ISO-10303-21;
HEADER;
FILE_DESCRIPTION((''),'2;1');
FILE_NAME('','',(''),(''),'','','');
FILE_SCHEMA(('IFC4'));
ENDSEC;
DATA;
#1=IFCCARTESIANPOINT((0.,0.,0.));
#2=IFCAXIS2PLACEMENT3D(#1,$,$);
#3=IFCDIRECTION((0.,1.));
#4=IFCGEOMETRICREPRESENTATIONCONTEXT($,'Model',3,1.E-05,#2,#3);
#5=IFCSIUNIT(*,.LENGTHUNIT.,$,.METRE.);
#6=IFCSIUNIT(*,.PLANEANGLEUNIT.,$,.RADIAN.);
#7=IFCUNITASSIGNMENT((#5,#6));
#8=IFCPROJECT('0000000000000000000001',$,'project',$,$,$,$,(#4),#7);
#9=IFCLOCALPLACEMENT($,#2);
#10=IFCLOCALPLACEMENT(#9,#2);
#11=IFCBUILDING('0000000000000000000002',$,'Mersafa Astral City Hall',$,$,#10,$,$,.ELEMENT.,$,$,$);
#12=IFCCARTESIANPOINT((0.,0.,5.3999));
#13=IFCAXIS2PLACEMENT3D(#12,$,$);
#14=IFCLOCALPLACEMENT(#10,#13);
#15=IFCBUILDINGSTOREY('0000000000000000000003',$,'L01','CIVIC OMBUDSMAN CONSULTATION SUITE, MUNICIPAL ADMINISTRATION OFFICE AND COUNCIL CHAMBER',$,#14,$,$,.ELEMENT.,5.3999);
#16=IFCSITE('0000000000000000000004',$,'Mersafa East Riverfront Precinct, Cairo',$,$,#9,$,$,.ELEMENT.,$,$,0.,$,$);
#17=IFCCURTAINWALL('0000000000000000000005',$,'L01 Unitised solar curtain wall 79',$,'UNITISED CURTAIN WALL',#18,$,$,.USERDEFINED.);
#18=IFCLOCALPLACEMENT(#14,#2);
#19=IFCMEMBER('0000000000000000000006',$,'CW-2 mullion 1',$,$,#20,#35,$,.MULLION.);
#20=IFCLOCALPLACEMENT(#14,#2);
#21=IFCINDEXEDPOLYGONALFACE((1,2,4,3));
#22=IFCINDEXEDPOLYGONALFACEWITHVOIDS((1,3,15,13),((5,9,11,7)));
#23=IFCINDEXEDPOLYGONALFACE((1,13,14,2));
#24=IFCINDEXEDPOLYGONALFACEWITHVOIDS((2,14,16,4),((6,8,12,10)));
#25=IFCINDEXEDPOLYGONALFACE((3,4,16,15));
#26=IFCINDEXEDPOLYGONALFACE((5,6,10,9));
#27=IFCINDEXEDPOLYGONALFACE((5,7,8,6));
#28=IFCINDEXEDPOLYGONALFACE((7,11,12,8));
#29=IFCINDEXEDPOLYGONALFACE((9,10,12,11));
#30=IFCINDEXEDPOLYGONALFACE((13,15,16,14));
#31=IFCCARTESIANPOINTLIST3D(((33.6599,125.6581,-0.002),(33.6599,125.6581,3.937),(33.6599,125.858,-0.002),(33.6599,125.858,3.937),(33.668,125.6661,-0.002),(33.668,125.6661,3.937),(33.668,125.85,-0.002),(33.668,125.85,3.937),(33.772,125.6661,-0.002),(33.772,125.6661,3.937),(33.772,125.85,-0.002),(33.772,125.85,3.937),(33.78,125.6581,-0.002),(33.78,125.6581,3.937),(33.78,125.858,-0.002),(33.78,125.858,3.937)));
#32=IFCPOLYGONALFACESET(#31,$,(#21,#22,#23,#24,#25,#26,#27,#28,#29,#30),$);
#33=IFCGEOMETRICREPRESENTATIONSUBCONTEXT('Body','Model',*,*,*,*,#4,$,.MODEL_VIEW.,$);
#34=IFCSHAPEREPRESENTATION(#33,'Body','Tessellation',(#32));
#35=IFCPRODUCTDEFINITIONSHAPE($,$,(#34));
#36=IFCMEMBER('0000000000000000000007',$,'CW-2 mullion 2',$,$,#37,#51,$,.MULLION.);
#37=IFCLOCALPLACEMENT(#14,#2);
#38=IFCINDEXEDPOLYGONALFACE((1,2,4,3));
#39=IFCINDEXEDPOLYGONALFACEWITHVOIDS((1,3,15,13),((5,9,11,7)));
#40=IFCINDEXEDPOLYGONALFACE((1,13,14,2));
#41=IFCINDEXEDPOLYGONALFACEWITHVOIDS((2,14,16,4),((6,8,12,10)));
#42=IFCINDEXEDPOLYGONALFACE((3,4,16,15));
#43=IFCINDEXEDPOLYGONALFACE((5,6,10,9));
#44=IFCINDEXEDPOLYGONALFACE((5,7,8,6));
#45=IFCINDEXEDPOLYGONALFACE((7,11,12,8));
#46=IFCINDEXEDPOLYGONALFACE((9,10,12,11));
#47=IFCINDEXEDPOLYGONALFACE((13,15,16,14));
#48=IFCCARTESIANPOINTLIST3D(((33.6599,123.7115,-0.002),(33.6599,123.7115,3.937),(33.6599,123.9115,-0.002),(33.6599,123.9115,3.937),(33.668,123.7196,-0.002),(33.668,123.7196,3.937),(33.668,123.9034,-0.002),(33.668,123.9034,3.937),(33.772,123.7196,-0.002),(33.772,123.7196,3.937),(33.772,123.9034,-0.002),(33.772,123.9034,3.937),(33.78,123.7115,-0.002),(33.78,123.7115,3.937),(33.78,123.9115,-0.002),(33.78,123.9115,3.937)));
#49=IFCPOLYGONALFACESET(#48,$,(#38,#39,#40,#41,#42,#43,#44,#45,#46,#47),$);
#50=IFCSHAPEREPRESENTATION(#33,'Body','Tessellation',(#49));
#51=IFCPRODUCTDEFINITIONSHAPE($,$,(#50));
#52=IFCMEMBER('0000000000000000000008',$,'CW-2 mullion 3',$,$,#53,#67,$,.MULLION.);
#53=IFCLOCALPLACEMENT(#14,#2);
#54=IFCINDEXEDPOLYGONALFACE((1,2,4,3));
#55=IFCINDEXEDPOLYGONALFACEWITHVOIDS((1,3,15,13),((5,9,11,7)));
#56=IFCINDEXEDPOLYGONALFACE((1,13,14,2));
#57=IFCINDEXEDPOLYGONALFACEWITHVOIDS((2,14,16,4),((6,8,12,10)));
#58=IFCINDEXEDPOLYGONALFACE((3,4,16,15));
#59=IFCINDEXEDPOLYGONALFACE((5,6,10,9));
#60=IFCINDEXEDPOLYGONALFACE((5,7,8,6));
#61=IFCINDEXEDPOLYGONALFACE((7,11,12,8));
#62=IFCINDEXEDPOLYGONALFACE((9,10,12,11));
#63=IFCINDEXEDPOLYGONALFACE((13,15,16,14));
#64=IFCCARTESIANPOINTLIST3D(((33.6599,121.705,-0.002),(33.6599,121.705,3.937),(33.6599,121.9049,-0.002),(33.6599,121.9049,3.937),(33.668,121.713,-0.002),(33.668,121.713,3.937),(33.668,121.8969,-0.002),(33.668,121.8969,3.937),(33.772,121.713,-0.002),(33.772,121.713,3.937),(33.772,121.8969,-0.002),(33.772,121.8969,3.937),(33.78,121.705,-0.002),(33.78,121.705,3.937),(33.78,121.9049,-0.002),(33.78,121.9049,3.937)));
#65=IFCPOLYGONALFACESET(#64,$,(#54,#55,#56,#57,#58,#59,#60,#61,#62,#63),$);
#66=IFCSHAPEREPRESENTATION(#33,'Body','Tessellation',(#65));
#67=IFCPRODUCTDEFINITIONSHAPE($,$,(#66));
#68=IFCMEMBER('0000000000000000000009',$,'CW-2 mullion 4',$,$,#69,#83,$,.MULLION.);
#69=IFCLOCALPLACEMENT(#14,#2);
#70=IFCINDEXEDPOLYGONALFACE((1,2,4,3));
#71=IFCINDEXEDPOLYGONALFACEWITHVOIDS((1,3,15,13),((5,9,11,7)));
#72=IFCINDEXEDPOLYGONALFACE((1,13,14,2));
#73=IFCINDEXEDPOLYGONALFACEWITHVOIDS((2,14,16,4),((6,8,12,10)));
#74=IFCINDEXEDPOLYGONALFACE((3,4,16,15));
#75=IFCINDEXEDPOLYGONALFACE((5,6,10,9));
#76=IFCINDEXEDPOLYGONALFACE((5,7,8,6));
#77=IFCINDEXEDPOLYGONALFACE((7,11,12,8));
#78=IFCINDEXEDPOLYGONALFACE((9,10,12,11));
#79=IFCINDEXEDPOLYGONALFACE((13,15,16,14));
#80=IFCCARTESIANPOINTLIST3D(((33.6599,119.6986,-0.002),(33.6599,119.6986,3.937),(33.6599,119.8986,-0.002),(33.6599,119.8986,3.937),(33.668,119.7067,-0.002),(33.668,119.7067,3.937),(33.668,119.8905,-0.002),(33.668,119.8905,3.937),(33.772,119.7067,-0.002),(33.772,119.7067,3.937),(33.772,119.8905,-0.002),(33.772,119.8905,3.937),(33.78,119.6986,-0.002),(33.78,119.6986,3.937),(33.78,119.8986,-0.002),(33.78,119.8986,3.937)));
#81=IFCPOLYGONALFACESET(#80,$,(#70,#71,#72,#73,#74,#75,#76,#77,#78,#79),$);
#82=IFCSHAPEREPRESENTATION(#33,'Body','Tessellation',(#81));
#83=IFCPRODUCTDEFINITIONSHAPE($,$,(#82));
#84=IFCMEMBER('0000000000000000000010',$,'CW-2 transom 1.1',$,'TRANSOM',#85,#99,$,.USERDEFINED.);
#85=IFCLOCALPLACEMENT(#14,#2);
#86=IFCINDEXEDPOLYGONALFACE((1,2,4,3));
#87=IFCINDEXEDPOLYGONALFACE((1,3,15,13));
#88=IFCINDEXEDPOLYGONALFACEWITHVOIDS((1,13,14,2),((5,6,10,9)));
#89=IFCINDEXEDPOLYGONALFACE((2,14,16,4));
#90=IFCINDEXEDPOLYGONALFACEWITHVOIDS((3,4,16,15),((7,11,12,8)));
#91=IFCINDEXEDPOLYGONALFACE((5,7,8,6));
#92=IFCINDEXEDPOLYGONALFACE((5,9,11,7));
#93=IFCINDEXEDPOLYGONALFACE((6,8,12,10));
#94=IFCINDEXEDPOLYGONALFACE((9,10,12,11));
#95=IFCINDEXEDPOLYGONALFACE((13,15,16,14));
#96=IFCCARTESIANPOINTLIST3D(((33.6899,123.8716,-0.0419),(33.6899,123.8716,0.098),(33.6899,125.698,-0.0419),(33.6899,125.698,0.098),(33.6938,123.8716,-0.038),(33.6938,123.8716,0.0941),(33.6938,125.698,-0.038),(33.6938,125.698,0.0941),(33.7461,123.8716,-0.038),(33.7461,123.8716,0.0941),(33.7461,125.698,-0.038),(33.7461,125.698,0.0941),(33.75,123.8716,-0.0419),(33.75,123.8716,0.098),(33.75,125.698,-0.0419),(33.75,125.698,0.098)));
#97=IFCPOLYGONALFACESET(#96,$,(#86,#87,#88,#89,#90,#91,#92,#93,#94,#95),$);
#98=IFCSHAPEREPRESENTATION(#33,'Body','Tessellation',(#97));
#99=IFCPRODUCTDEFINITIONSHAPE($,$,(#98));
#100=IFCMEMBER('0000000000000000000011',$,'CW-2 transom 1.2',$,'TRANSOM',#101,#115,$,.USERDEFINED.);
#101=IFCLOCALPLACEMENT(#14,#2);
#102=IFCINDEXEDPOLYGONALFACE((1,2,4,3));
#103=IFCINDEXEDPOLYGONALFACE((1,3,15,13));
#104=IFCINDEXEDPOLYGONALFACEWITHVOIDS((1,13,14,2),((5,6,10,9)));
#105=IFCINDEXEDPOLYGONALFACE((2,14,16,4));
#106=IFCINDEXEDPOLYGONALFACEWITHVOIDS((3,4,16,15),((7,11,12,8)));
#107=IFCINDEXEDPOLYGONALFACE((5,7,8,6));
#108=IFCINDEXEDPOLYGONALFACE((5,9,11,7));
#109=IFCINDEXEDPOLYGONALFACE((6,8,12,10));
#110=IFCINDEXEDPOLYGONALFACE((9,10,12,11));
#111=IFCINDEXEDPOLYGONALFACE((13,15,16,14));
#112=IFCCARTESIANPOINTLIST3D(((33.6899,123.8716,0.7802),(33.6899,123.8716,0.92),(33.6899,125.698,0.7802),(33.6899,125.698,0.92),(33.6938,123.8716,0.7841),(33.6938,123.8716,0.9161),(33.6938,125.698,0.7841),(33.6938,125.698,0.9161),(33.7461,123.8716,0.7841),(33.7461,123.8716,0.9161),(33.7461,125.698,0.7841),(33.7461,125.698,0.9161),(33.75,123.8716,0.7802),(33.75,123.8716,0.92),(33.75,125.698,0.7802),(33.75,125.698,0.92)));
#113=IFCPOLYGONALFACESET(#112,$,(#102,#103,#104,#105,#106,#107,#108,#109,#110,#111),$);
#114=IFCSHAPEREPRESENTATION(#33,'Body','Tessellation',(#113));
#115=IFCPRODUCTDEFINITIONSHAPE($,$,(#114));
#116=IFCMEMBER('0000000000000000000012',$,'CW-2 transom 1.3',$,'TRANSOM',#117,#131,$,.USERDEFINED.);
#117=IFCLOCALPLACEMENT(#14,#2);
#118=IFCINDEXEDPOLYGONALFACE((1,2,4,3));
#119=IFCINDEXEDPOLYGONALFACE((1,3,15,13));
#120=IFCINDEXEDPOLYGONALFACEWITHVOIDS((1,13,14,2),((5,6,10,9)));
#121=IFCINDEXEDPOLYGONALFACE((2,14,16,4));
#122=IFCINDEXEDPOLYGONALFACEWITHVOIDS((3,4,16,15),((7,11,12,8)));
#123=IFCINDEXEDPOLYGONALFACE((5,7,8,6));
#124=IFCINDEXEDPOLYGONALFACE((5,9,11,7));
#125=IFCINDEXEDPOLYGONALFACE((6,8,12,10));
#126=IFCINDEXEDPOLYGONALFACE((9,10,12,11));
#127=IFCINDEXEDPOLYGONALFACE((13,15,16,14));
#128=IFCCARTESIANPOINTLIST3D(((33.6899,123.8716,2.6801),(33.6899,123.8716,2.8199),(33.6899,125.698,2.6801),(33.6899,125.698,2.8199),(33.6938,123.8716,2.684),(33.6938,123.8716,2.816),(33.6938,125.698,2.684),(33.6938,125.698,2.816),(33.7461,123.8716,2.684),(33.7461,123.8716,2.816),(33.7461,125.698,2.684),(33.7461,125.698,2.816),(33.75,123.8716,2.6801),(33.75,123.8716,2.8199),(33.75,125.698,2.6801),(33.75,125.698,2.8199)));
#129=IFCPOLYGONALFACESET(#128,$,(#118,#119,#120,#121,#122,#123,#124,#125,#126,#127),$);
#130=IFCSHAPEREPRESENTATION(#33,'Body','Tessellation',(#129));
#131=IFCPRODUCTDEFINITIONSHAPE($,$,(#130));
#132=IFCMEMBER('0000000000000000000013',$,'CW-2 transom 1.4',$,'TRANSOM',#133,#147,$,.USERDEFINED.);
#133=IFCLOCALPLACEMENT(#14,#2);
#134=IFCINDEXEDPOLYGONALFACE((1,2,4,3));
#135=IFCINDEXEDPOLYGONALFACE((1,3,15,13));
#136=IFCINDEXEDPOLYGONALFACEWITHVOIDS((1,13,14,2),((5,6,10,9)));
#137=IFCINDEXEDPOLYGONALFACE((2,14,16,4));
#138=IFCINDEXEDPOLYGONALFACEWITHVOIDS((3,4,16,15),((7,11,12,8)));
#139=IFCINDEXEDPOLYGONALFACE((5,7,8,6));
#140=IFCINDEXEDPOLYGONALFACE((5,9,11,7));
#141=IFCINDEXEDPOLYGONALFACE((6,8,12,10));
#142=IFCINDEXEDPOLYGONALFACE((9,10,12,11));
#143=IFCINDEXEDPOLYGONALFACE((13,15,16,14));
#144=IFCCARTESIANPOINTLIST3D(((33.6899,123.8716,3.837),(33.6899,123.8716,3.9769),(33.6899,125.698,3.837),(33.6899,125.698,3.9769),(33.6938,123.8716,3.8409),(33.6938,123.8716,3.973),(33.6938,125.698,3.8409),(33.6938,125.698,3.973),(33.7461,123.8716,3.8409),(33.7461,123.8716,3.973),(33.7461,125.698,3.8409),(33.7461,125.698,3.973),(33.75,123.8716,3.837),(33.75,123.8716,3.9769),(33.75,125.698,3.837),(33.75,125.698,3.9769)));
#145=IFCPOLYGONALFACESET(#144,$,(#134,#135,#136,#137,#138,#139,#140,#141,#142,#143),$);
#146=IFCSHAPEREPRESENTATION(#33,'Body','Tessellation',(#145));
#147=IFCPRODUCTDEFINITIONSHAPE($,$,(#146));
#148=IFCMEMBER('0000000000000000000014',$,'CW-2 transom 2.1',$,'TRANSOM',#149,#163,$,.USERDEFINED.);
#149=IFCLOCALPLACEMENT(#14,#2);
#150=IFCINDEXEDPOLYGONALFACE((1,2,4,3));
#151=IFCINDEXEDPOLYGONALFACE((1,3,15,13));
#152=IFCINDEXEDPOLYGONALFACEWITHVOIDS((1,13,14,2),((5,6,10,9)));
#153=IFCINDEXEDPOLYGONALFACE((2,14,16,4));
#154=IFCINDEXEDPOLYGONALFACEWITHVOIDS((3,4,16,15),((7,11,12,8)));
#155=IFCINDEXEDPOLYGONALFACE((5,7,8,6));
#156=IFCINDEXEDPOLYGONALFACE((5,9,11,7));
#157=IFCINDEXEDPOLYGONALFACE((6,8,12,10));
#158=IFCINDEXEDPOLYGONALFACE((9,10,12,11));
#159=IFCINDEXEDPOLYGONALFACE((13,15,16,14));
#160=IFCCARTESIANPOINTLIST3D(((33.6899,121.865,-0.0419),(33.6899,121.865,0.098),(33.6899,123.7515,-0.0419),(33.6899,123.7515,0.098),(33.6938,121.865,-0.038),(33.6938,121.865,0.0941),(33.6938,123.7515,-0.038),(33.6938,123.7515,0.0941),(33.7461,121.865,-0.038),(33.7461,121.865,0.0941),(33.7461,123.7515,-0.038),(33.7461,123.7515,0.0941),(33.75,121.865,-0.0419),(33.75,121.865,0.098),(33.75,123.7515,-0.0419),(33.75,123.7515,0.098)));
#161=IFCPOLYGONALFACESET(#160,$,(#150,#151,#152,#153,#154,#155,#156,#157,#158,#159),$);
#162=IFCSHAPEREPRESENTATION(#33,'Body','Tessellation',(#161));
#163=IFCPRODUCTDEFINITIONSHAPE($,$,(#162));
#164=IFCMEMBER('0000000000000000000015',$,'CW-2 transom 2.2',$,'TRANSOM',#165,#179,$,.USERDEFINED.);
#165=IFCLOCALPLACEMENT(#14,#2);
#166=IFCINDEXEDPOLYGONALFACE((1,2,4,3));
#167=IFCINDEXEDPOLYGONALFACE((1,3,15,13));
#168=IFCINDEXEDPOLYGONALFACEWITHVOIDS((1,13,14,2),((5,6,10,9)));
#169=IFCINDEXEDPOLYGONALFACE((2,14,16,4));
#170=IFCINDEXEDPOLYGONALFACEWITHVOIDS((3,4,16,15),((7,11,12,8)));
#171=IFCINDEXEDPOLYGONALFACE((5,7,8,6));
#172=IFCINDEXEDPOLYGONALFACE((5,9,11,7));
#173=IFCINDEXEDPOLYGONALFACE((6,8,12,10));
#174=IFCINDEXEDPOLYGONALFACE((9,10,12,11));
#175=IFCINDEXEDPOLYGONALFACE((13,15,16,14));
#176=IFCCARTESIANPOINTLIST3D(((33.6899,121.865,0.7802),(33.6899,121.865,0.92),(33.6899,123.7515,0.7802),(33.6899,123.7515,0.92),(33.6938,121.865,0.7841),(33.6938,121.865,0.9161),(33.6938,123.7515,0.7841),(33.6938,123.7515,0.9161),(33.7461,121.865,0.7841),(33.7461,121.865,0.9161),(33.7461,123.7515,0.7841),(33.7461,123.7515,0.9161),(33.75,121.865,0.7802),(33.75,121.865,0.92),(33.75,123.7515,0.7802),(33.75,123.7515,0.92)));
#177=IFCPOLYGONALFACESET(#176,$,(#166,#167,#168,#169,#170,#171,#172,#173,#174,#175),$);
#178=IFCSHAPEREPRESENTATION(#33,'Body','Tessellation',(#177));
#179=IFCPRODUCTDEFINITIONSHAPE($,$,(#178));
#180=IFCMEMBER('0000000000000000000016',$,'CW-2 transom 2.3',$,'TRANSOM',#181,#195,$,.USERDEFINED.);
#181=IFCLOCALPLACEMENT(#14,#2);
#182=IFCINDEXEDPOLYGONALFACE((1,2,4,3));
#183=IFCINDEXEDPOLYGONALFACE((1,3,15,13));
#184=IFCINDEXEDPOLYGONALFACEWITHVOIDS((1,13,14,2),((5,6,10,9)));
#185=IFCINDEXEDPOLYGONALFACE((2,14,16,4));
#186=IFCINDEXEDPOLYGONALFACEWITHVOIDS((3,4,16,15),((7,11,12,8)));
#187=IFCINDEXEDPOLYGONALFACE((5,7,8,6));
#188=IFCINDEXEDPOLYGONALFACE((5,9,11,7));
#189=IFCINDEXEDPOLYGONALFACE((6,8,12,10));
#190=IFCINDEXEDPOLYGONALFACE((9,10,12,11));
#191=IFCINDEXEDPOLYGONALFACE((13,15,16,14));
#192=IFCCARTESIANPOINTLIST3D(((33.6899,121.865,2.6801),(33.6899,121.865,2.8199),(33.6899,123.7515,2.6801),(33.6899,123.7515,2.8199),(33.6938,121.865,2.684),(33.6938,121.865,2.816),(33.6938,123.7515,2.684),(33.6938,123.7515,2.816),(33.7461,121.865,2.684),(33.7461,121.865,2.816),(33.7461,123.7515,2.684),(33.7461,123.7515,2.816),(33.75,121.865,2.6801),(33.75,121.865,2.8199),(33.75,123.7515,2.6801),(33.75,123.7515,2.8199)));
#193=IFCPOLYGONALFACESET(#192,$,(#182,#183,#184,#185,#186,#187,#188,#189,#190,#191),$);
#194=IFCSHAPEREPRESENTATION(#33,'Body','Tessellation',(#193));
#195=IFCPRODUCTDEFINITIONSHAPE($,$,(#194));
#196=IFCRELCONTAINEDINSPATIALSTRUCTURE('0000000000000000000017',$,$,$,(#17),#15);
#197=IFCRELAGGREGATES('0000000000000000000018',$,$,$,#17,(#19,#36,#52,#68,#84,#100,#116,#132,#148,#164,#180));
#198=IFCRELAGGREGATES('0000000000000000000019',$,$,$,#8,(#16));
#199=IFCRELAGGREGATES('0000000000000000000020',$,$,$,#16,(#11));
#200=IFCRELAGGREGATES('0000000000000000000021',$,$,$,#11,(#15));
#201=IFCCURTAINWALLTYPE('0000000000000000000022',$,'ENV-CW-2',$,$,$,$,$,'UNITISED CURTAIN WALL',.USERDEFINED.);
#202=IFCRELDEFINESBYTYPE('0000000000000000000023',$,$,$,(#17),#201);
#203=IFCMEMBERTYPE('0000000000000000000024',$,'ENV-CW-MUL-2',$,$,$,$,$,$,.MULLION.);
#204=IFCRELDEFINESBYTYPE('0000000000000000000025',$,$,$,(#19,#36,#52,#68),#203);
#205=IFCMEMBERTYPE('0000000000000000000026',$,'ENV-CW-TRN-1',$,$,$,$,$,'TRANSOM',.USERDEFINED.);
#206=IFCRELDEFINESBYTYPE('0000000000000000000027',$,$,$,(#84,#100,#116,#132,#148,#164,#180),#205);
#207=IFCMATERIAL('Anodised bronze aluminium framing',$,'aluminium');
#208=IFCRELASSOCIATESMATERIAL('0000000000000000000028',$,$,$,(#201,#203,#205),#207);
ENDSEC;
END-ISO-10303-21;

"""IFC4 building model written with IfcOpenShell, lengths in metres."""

from ifc_helpers import new_model, si_unit, direction, frame, origin, origin_2d, place, context, subcontext, project, spatial, hollow_rectangle, extrude, material, material_profile, profile_set, type_object, element, aggregate, save


model = new_model("IFC4")

# Units and contexts
model_context = context("Model", 3, precision=1e-05, world=origin(), true_north=direction((0.0, 1.0)))
body_context = subcontext(model_context, "Body", "Model", "MODEL_VIEW")
ifc_project = project(units=[si_unit("LENGTHUNIT", "METRE"), si_unit("PLANEANGLEUNIT", "RADIAN")], contexts=[model_context])

# Site, building, storey
site_placement = place(None, origin())
site = spatial("IfcSite", under=ifc_project, at=site_placement, Name="Mersafa East Riverfront Precinct, Cairo", CompositionType="ELEMENT", RefElevation=0.0)
building_placement = place(site_placement, origin())
building = spatial("IfcBuilding", under=site, at=building_placement, Name="Mersafa Astral City Hall", CompositionType="ELEMENT")
storey_placement = place(building_placement, frame((0.0, 0.0, 5.3999)))
storey = spatial("IfcBuildingStorey", under=building, at=storey_placement, Name="L01", Description="CIVIC OMBUDSMAN CONSULTATION SUITE, MUNICIPAL ADMINISTRATION OFFICE AND COUNCIL CHAMBER", CompositionType="ELEMENT", Elevation=5.3999)

# Curtain wall, members
ifc_material_1 = material(Name="Anodised bronze aluminium framing", Category="aluminium")
curtain_wall_type = type_object("IfcCurtainWallType", Name="ENV-CW-2", ElementType="UNITISED CURTAIN WALL", PredefinedType="USERDEFINED", material=ifc_material_1)
curtain_wall_placement = place(storey_placement, origin())
curtain_wall = element("IfcCurtainWall", 1, at=curtain_wall_placement, inside=storey, type_object=curtain_wall_type, Name="L01 Unitised solar curtain wall 79", ObjectType="UNITISED CURTAIN WALL", PredefinedType="USERDEFINED")
ifc_material_profile_1 = material_profile(ifc_material_1, hollow_rectangle(XDim=0.1201, YDim=0.2, WallThickness=0.0081, at=origin_2d()), Name="RHS 120x200x8")
ifc_profile_set_1 = profile_set([ifc_material_profile_1], Name="Anodised bronze aluminium framing")
member_type_1 = type_object("IfcMemberType", Name="ENV-CW-MUL-2", PredefinedType="MULLION", material=ifc_profile_set_1)
member_1_placement = place(storey_placement, frame((33.72, 125.7581, -0.002), z_axis=(0.0, 0.0, 1.0), x_axis=(1.0, 0.0, 0.0)))
member_1 = element("IfcMember", 2, at=member_1_placement, type_object=member_type_1, Name="CW-2 mullion 1", PredefinedType="MULLION", context=body_context, shape_type="SweptSolid", body=[
    extrude(hollow_rectangle(XDim=0.1201, YDim=0.2, WallThickness=0.0081, at=origin_2d()), origin(), (0.0, 0.0, 1.0), 3.939),
])
member_2_placement = place(storey_placement, frame((33.72, 123.8115, -0.002), z_axis=(0.0, 0.0, 1.0), x_axis=(1.0, 0.0, 0.0)))
member_2 = element("IfcMember", 3, at=member_2_placement, type_object=member_type_1, Name="CW-2 mullion 2", PredefinedType="MULLION", context=body_context, shape_type="SweptSolid", body=[
    extrude(hollow_rectangle(XDim=0.1201, YDim=0.2, WallThickness=0.0081, at=origin_2d()), origin(), (0.0, 0.0, 1.0), 3.939),
])
member_3_placement = place(storey_placement, frame((33.72, 121.8049, -0.002), z_axis=(0.0, 0.0, 1.0), x_axis=(1.0, 0.0, 0.0)))
member_3 = element("IfcMember", 4, at=member_3_placement, type_object=member_type_1, Name="CW-2 mullion 3", PredefinedType="MULLION", context=body_context, shape_type="SweptSolid", body=[
    extrude(hollow_rectangle(XDim=0.1201, YDim=0.2, WallThickness=0.0081, at=origin_2d()), origin(), (0.0, 0.0, 1.0), 3.939),
])
member_4_placement = place(storey_placement, frame((33.72, 119.7986, -0.002), z_axis=(0.0, 0.0, 1.0), x_axis=(1.0, 0.0, 0.0)))
member_4 = element("IfcMember", 5, at=member_4_placement, type_object=member_type_1, Name="CW-2 mullion 4", PredefinedType="MULLION", context=body_context, shape_type="SweptSolid", body=[
    extrude(hollow_rectangle(XDim=0.1201, YDim=0.2, WallThickness=0.0081, at=origin_2d()), origin(), (0.0, 0.0, 1.0), 3.939),
])
ifc_material_profile_2 = material_profile(ifc_material_1, hollow_rectangle(XDim=0.0601, YDim=0.1399, WallThickness=0.0039, at=origin_2d()), Name="RHS 60x140x4")
ifc_profile_set_2 = profile_set([ifc_material_profile_2], Name="Anodised bronze aluminium framing")
member_type_2 = type_object("IfcMemberType", Name="ENV-CW-TRN-1", ElementType="TRANSOM", PredefinedType="USERDEFINED", material=ifc_profile_set_2)
member_5_placement = place(storey_placement, frame((33.72, 125.698, 0.0281), z_axis=(0.0, -1.0, 0.0), x_axis=(1.0, 0.0, 0.0)))
member_5 = element("IfcMember", 6, at=member_5_placement, type_object=member_type_2, Name="CW-2 transom 1.1", ObjectType="TRANSOM", PredefinedType="USERDEFINED", context=body_context, shape_type="SweptSolid", body=[
    extrude(hollow_rectangle(XDim=0.0601, YDim=0.1399, WallThickness=0.0039, at=origin_2d()), origin(), (0.0, 0.0, 1.0), 1.8264),
])
member_6_placement = place(storey_placement, frame((33.72, 125.698, 0.8501), z_axis=(0.0, -1.0, 0.0), x_axis=(1.0, 0.0, 0.0)))
member_6 = element("IfcMember", 7, at=member_6_placement, type_object=member_type_2, Name="CW-2 transom 1.2", ObjectType="TRANSOM", PredefinedType="USERDEFINED", context=body_context, shape_type="SweptSolid", body=[
    extrude(hollow_rectangle(XDim=0.0601, YDim=0.1399, WallThickness=0.0039, at=origin_2d()), origin(), (0.0, 0.0, 1.0), 1.8264),
])
member_7_placement = place(storey_placement, frame((33.72, 125.698, 2.75), z_axis=(0.0, -1.0, 0.0), x_axis=(1.0, 0.0, 0.0)))
member_7 = element("IfcMember", 8, at=member_7_placement, type_object=member_type_2, Name="CW-2 transom 1.3", ObjectType="TRANSOM", PredefinedType="USERDEFINED", context=body_context, shape_type="SweptSolid", body=[
    extrude(hollow_rectangle(XDim=0.0601, YDim=0.1399, WallThickness=0.0039, at=origin_2d()), origin(), (0.0, 0.0, 1.0), 1.8264),
])
member_8_placement = place(storey_placement, frame((33.72, 125.698, 3.907), z_axis=(0.0, -1.0, 0.0), x_axis=(1.0, 0.0, 0.0)))
member_8 = element("IfcMember", 9, at=member_8_placement, type_object=member_type_2, Name="CW-2 transom 1.4", ObjectType="TRANSOM", PredefinedType="USERDEFINED", context=body_context, shape_type="SweptSolid", body=[
    extrude(hollow_rectangle(XDim=0.0601, YDim=0.1399, WallThickness=0.0039, at=origin_2d()), origin(), (0.0, 0.0, 1.0), 1.8264),
])
member_9_placement = place(storey_placement, frame((33.72, 123.7515, 0.0281), z_axis=(0.0, -1.0, 0.0), x_axis=(1.0, 0.0, 0.0)))
member_9 = element("IfcMember", 10, at=member_9_placement, type_object=member_type_2, Name="CW-2 transom 2.1", ObjectType="TRANSOM", PredefinedType="USERDEFINED", context=body_context, shape_type="SweptSolid", body=[
    extrude(hollow_rectangle(XDim=0.0601, YDim=0.1399, WallThickness=0.0039, at=origin_2d()), origin(), (0.0, 0.0, 1.0), 1.8865),
])
member_10_placement = place(storey_placement, frame((33.72, 123.7515, 0.8501), z_axis=(0.0, -1.0, 0.0), x_axis=(1.0, 0.0, 0.0)))
member_10 = element("IfcMember", 11, at=member_10_placement, type_object=member_type_2, Name="CW-2 transom 2.2", ObjectType="TRANSOM", PredefinedType="USERDEFINED", context=body_context, shape_type="SweptSolid", body=[
    extrude(hollow_rectangle(XDim=0.0601, YDim=0.1399, WallThickness=0.0039, at=origin_2d()), origin(), (0.0, 0.0, 1.0), 1.8865),
])
member_11_placement = place(storey_placement, frame((33.72, 123.7515, 2.75), z_axis=(0.0, -1.0, 0.0), x_axis=(1.0, 0.0, 0.0)))
member_11 = element("IfcMember", 12, at=member_11_placement, type_object=member_type_2, Name="CW-2 transom 2.3", ObjectType="TRANSOM", PredefinedType="USERDEFINED", context=body_context, shape_type="SweptSolid", body=[
    extrude(hollow_rectangle(XDim=0.0601, YDim=0.1399, WallThickness=0.0039, at=origin_2d()), origin(), (0.0, 0.0, 1.0), 1.8865),
])
aggregate(curtain_wall, [member_1, member_2, member_3, member_4, member_5, member_6, member_7, member_8, member_9, member_10, member_11])

save(model, "model.ifc")
